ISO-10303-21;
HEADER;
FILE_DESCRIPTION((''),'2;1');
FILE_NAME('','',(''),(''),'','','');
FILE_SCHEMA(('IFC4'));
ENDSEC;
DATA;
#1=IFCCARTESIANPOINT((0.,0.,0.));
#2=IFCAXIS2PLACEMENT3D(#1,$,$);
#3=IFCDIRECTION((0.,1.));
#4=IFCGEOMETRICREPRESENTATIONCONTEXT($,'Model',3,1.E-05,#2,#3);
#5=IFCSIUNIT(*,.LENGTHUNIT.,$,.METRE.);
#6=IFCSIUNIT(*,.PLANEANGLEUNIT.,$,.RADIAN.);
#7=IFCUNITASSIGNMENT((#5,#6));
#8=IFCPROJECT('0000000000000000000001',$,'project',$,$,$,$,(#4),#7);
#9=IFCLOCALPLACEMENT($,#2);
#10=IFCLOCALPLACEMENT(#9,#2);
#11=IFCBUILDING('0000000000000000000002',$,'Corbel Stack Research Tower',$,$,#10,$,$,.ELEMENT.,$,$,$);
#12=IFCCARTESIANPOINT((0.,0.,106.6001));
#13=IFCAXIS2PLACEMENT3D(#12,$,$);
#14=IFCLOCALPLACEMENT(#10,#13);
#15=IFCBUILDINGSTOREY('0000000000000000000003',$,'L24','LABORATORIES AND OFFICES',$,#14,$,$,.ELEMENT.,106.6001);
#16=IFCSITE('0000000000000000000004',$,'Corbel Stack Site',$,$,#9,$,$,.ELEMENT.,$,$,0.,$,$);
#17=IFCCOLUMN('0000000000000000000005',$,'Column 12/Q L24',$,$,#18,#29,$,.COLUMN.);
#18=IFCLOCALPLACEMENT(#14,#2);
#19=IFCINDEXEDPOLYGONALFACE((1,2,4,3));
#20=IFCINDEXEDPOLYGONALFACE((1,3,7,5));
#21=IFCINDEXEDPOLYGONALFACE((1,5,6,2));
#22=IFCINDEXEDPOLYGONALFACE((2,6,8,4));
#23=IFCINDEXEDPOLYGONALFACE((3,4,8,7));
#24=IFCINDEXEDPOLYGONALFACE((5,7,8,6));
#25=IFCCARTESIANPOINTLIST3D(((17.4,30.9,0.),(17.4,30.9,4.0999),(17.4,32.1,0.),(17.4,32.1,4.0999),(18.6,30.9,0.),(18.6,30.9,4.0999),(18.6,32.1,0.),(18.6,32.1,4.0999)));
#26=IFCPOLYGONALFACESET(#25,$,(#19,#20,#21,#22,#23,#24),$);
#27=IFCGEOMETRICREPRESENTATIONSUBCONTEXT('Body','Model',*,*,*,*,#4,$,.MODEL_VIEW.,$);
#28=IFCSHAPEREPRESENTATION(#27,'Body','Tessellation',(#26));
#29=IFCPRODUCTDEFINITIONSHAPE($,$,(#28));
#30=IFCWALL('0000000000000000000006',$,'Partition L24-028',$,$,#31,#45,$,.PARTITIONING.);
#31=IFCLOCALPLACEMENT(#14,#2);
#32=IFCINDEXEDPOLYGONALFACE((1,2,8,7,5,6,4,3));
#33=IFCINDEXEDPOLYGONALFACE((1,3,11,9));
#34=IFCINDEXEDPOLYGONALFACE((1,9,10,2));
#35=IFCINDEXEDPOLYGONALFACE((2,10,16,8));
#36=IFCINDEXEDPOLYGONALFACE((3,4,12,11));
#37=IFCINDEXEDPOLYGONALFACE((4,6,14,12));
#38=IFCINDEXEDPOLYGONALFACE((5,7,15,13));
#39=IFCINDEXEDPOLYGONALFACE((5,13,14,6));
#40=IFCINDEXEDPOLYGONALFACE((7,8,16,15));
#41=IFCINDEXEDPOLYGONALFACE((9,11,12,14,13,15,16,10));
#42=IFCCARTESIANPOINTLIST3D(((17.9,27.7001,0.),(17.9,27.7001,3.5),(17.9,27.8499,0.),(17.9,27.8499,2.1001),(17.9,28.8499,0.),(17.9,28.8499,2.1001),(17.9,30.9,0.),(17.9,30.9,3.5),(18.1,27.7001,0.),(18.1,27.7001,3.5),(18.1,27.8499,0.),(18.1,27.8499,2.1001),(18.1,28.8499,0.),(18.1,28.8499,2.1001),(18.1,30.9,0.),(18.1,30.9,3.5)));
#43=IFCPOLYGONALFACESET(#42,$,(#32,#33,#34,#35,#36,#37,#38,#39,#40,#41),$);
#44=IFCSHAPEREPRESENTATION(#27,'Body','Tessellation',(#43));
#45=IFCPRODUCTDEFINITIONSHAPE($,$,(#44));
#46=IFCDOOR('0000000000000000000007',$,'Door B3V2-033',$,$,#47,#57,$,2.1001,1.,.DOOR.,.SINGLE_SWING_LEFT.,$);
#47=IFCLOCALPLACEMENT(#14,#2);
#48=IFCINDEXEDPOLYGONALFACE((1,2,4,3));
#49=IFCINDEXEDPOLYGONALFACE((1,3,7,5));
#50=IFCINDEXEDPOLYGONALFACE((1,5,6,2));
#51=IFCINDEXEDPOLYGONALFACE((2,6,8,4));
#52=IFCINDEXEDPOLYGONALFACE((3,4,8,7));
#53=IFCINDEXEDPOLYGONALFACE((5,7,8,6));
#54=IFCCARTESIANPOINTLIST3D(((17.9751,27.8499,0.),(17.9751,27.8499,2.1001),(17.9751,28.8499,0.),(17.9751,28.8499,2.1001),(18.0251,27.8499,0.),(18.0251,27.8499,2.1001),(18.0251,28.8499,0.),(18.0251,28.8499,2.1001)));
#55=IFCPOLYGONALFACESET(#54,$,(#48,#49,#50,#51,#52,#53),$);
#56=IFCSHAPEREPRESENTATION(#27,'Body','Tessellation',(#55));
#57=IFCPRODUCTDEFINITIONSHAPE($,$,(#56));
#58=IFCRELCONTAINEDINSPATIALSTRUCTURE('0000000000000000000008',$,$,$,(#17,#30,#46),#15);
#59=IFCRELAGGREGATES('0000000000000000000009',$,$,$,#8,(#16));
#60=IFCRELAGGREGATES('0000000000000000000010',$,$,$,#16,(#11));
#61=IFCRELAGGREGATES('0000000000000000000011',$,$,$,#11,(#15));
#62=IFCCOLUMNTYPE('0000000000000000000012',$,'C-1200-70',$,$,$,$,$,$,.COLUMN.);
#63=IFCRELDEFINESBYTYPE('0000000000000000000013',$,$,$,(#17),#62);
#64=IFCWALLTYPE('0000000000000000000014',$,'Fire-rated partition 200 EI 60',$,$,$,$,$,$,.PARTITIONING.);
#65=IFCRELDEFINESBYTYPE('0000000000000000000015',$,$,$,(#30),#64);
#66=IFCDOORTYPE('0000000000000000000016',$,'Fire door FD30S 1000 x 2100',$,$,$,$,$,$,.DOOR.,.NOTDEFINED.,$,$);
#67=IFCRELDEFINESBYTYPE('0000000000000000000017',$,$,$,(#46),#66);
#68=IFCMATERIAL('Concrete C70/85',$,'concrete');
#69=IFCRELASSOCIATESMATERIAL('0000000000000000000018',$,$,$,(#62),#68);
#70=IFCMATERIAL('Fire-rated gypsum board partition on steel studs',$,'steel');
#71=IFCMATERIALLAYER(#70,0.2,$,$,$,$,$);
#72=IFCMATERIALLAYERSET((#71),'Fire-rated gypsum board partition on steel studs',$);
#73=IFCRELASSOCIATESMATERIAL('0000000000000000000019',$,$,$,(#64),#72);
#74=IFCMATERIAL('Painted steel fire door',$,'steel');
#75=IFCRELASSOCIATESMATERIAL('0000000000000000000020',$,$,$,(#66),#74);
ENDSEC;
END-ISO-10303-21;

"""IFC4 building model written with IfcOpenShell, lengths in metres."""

from ifc_helpers import new_model, si_unit, direction, frame, frame_2d, origin, origin_2d, place, context, subcontext, project, spatial, rectangle, extrude, material, layer, layer_set, material_profile, profile_set, type_object, element, fill, save


model = new_model("IFC4")

# Units and contexts
model_context = context("Model", 3, precision=1e-05, world=origin(), true_north=direction((0.0, 1.0)))
body_context = subcontext(model_context, "Body", "Model", "MODEL_VIEW")
ifc_project = project(units=[si_unit("LENGTHUNIT", "METRE"), si_unit("PLANEANGLEUNIT", "RADIAN")], contexts=[model_context])

# Site, building, storey
site_placement = place(None, origin())
site = spatial("IfcSite", under=ifc_project, at=site_placement, Name="Corbel Stack Site", CompositionType="ELEMENT", RefElevation=0.0)
building_placement = place(site_placement, origin())
building = spatial("IfcBuilding", under=site, at=building_placement, Name="Corbel Stack Research Tower", CompositionType="ELEMENT")
storey_placement = place(building_placement, frame((0.0, 0.0, 106.6001)))
storey = spatial("IfcBuildingStorey", under=building, at=storey_placement, Name="L24", Description="LABORATORIES AND OFFICES", CompositionType="ELEMENT", Elevation=106.6001)

# Column
ifc_material_1 = material(Name="Concrete C70/85", Category="concrete")
ifc_material_profile = material_profile(ifc_material_1, rectangle(XDim=1.2, YDim=1.2, at=origin_2d()), Name="RC 1200 x 1200")
ifc_profile_set = profile_set([ifc_material_profile], Name="Concrete C70/85")
column_type = type_object("IfcColumnType", Name="C-1200-70", PredefinedType="COLUMN", material=ifc_profile_set)
column_placement = place(storey_placement, frame((18.0, 31.5, 0.0), z_axis=(0.0, 0.0, 1.0), x_axis=(1.0, 0.0, 0.0)))
element("IfcColumn", 1, at=column_placement, inside=storey, type_object=column_type, Name="Column 12/Q L24", PredefinedType="COLUMN", context=body_context, shape_type="SweptSolid", body=[
    extrude(rectangle(XDim=1.2, YDim=1.2, at=origin_2d()), origin(), (0.0, 0.0, 1.0), 4.0999),
])

# Wall, opening, door
ifc_material_2 = material(Name="Fire-rated gypsum board partition on steel studs", Category="steel")
ifc_layer_1 = layer(ifc_material_2, 0.2)
ifc_layer_set_1 = layer_set([ifc_layer_1], Name="Fire-rated gypsum board partition on steel studs")
wall_type_1 = type_object("IfcWallType", Name="Fire-rated partition 200 EI 60", PredefinedType="PARTITIONING", material=ifc_layer_set_1)
wall_1_placement = place(storey_placement, frame((18.0, 27.7, 0.0), z_axis=(0.0, 0.0, 1.0), x_axis=(0.0, 1.0, 0.0)))
wall_1 = element("IfcWall", 2, at=wall_1_placement, inside=storey, type_object=wall_type_1, Name="Partition L24-028", PredefinedType="PARTITIONING", context=body_context, shape_type="SweptSolid", body=[
    extrude(rectangle(XDim=3.2, YDim=0.2, at=frame_2d((1.6001, 0.0))), origin(), (0.0, 0.0, 1.0), 3.5),
])
opening_1_placement = place(wall_1_placement, frame((0.1499, 0.0, 0.0)))
opening_1 = element("IfcOpeningElement", 3, at=opening_1_placement, cuts=wall_1, PredefinedType="OPENING", context=body_context, shape_type="SweptSolid", body=[
    extrude(rectangle(XDim=1.0, YDim=2.1001, at=frame_2d((0.5, 1.05))), frame((0.0, 0.1099, 0.0), z_axis=(0.0, -1.0, 0.0), x_axis=(1.0, 0.0, 0.0)), (0.0, 0.0, 1.0), 0.22),
])
ifc_material_3 = material(Name="Painted steel fire door", Category="steel")
door_type_1 = type_object("IfcDoorType", Name="Fire door FD30S 1000 x 2100", OperationType="NOTDEFINED", PredefinedType="DOOR", material=ifc_material_3)
door_1_placement = place(opening_1_placement, origin())
door_1 = element("IfcDoor", 4, at=door_1_placement, inside=storey, type_object=door_type_1, Name="Door B3V2-033", OperationType="SINGLE_SWING_LEFT", OverallHeight=2.1001, OverallWidth=1.0, PredefinedType="DOOR", context=body_context, shape_type="SweptSolid", body=[
    extrude(rectangle(XDim=1.0, YDim=2.1001, at=frame_2d((0.5, 1.05))), frame((0.0, 0.0249, 0.0), z_axis=(0.0, -1.0, 0.0), x_axis=(1.0, 0.0, 0.0)), (0.0, 0.0, 1.0), 0.05),
])
fill(opening_1, door_1)

save(model, "model.ifc")
